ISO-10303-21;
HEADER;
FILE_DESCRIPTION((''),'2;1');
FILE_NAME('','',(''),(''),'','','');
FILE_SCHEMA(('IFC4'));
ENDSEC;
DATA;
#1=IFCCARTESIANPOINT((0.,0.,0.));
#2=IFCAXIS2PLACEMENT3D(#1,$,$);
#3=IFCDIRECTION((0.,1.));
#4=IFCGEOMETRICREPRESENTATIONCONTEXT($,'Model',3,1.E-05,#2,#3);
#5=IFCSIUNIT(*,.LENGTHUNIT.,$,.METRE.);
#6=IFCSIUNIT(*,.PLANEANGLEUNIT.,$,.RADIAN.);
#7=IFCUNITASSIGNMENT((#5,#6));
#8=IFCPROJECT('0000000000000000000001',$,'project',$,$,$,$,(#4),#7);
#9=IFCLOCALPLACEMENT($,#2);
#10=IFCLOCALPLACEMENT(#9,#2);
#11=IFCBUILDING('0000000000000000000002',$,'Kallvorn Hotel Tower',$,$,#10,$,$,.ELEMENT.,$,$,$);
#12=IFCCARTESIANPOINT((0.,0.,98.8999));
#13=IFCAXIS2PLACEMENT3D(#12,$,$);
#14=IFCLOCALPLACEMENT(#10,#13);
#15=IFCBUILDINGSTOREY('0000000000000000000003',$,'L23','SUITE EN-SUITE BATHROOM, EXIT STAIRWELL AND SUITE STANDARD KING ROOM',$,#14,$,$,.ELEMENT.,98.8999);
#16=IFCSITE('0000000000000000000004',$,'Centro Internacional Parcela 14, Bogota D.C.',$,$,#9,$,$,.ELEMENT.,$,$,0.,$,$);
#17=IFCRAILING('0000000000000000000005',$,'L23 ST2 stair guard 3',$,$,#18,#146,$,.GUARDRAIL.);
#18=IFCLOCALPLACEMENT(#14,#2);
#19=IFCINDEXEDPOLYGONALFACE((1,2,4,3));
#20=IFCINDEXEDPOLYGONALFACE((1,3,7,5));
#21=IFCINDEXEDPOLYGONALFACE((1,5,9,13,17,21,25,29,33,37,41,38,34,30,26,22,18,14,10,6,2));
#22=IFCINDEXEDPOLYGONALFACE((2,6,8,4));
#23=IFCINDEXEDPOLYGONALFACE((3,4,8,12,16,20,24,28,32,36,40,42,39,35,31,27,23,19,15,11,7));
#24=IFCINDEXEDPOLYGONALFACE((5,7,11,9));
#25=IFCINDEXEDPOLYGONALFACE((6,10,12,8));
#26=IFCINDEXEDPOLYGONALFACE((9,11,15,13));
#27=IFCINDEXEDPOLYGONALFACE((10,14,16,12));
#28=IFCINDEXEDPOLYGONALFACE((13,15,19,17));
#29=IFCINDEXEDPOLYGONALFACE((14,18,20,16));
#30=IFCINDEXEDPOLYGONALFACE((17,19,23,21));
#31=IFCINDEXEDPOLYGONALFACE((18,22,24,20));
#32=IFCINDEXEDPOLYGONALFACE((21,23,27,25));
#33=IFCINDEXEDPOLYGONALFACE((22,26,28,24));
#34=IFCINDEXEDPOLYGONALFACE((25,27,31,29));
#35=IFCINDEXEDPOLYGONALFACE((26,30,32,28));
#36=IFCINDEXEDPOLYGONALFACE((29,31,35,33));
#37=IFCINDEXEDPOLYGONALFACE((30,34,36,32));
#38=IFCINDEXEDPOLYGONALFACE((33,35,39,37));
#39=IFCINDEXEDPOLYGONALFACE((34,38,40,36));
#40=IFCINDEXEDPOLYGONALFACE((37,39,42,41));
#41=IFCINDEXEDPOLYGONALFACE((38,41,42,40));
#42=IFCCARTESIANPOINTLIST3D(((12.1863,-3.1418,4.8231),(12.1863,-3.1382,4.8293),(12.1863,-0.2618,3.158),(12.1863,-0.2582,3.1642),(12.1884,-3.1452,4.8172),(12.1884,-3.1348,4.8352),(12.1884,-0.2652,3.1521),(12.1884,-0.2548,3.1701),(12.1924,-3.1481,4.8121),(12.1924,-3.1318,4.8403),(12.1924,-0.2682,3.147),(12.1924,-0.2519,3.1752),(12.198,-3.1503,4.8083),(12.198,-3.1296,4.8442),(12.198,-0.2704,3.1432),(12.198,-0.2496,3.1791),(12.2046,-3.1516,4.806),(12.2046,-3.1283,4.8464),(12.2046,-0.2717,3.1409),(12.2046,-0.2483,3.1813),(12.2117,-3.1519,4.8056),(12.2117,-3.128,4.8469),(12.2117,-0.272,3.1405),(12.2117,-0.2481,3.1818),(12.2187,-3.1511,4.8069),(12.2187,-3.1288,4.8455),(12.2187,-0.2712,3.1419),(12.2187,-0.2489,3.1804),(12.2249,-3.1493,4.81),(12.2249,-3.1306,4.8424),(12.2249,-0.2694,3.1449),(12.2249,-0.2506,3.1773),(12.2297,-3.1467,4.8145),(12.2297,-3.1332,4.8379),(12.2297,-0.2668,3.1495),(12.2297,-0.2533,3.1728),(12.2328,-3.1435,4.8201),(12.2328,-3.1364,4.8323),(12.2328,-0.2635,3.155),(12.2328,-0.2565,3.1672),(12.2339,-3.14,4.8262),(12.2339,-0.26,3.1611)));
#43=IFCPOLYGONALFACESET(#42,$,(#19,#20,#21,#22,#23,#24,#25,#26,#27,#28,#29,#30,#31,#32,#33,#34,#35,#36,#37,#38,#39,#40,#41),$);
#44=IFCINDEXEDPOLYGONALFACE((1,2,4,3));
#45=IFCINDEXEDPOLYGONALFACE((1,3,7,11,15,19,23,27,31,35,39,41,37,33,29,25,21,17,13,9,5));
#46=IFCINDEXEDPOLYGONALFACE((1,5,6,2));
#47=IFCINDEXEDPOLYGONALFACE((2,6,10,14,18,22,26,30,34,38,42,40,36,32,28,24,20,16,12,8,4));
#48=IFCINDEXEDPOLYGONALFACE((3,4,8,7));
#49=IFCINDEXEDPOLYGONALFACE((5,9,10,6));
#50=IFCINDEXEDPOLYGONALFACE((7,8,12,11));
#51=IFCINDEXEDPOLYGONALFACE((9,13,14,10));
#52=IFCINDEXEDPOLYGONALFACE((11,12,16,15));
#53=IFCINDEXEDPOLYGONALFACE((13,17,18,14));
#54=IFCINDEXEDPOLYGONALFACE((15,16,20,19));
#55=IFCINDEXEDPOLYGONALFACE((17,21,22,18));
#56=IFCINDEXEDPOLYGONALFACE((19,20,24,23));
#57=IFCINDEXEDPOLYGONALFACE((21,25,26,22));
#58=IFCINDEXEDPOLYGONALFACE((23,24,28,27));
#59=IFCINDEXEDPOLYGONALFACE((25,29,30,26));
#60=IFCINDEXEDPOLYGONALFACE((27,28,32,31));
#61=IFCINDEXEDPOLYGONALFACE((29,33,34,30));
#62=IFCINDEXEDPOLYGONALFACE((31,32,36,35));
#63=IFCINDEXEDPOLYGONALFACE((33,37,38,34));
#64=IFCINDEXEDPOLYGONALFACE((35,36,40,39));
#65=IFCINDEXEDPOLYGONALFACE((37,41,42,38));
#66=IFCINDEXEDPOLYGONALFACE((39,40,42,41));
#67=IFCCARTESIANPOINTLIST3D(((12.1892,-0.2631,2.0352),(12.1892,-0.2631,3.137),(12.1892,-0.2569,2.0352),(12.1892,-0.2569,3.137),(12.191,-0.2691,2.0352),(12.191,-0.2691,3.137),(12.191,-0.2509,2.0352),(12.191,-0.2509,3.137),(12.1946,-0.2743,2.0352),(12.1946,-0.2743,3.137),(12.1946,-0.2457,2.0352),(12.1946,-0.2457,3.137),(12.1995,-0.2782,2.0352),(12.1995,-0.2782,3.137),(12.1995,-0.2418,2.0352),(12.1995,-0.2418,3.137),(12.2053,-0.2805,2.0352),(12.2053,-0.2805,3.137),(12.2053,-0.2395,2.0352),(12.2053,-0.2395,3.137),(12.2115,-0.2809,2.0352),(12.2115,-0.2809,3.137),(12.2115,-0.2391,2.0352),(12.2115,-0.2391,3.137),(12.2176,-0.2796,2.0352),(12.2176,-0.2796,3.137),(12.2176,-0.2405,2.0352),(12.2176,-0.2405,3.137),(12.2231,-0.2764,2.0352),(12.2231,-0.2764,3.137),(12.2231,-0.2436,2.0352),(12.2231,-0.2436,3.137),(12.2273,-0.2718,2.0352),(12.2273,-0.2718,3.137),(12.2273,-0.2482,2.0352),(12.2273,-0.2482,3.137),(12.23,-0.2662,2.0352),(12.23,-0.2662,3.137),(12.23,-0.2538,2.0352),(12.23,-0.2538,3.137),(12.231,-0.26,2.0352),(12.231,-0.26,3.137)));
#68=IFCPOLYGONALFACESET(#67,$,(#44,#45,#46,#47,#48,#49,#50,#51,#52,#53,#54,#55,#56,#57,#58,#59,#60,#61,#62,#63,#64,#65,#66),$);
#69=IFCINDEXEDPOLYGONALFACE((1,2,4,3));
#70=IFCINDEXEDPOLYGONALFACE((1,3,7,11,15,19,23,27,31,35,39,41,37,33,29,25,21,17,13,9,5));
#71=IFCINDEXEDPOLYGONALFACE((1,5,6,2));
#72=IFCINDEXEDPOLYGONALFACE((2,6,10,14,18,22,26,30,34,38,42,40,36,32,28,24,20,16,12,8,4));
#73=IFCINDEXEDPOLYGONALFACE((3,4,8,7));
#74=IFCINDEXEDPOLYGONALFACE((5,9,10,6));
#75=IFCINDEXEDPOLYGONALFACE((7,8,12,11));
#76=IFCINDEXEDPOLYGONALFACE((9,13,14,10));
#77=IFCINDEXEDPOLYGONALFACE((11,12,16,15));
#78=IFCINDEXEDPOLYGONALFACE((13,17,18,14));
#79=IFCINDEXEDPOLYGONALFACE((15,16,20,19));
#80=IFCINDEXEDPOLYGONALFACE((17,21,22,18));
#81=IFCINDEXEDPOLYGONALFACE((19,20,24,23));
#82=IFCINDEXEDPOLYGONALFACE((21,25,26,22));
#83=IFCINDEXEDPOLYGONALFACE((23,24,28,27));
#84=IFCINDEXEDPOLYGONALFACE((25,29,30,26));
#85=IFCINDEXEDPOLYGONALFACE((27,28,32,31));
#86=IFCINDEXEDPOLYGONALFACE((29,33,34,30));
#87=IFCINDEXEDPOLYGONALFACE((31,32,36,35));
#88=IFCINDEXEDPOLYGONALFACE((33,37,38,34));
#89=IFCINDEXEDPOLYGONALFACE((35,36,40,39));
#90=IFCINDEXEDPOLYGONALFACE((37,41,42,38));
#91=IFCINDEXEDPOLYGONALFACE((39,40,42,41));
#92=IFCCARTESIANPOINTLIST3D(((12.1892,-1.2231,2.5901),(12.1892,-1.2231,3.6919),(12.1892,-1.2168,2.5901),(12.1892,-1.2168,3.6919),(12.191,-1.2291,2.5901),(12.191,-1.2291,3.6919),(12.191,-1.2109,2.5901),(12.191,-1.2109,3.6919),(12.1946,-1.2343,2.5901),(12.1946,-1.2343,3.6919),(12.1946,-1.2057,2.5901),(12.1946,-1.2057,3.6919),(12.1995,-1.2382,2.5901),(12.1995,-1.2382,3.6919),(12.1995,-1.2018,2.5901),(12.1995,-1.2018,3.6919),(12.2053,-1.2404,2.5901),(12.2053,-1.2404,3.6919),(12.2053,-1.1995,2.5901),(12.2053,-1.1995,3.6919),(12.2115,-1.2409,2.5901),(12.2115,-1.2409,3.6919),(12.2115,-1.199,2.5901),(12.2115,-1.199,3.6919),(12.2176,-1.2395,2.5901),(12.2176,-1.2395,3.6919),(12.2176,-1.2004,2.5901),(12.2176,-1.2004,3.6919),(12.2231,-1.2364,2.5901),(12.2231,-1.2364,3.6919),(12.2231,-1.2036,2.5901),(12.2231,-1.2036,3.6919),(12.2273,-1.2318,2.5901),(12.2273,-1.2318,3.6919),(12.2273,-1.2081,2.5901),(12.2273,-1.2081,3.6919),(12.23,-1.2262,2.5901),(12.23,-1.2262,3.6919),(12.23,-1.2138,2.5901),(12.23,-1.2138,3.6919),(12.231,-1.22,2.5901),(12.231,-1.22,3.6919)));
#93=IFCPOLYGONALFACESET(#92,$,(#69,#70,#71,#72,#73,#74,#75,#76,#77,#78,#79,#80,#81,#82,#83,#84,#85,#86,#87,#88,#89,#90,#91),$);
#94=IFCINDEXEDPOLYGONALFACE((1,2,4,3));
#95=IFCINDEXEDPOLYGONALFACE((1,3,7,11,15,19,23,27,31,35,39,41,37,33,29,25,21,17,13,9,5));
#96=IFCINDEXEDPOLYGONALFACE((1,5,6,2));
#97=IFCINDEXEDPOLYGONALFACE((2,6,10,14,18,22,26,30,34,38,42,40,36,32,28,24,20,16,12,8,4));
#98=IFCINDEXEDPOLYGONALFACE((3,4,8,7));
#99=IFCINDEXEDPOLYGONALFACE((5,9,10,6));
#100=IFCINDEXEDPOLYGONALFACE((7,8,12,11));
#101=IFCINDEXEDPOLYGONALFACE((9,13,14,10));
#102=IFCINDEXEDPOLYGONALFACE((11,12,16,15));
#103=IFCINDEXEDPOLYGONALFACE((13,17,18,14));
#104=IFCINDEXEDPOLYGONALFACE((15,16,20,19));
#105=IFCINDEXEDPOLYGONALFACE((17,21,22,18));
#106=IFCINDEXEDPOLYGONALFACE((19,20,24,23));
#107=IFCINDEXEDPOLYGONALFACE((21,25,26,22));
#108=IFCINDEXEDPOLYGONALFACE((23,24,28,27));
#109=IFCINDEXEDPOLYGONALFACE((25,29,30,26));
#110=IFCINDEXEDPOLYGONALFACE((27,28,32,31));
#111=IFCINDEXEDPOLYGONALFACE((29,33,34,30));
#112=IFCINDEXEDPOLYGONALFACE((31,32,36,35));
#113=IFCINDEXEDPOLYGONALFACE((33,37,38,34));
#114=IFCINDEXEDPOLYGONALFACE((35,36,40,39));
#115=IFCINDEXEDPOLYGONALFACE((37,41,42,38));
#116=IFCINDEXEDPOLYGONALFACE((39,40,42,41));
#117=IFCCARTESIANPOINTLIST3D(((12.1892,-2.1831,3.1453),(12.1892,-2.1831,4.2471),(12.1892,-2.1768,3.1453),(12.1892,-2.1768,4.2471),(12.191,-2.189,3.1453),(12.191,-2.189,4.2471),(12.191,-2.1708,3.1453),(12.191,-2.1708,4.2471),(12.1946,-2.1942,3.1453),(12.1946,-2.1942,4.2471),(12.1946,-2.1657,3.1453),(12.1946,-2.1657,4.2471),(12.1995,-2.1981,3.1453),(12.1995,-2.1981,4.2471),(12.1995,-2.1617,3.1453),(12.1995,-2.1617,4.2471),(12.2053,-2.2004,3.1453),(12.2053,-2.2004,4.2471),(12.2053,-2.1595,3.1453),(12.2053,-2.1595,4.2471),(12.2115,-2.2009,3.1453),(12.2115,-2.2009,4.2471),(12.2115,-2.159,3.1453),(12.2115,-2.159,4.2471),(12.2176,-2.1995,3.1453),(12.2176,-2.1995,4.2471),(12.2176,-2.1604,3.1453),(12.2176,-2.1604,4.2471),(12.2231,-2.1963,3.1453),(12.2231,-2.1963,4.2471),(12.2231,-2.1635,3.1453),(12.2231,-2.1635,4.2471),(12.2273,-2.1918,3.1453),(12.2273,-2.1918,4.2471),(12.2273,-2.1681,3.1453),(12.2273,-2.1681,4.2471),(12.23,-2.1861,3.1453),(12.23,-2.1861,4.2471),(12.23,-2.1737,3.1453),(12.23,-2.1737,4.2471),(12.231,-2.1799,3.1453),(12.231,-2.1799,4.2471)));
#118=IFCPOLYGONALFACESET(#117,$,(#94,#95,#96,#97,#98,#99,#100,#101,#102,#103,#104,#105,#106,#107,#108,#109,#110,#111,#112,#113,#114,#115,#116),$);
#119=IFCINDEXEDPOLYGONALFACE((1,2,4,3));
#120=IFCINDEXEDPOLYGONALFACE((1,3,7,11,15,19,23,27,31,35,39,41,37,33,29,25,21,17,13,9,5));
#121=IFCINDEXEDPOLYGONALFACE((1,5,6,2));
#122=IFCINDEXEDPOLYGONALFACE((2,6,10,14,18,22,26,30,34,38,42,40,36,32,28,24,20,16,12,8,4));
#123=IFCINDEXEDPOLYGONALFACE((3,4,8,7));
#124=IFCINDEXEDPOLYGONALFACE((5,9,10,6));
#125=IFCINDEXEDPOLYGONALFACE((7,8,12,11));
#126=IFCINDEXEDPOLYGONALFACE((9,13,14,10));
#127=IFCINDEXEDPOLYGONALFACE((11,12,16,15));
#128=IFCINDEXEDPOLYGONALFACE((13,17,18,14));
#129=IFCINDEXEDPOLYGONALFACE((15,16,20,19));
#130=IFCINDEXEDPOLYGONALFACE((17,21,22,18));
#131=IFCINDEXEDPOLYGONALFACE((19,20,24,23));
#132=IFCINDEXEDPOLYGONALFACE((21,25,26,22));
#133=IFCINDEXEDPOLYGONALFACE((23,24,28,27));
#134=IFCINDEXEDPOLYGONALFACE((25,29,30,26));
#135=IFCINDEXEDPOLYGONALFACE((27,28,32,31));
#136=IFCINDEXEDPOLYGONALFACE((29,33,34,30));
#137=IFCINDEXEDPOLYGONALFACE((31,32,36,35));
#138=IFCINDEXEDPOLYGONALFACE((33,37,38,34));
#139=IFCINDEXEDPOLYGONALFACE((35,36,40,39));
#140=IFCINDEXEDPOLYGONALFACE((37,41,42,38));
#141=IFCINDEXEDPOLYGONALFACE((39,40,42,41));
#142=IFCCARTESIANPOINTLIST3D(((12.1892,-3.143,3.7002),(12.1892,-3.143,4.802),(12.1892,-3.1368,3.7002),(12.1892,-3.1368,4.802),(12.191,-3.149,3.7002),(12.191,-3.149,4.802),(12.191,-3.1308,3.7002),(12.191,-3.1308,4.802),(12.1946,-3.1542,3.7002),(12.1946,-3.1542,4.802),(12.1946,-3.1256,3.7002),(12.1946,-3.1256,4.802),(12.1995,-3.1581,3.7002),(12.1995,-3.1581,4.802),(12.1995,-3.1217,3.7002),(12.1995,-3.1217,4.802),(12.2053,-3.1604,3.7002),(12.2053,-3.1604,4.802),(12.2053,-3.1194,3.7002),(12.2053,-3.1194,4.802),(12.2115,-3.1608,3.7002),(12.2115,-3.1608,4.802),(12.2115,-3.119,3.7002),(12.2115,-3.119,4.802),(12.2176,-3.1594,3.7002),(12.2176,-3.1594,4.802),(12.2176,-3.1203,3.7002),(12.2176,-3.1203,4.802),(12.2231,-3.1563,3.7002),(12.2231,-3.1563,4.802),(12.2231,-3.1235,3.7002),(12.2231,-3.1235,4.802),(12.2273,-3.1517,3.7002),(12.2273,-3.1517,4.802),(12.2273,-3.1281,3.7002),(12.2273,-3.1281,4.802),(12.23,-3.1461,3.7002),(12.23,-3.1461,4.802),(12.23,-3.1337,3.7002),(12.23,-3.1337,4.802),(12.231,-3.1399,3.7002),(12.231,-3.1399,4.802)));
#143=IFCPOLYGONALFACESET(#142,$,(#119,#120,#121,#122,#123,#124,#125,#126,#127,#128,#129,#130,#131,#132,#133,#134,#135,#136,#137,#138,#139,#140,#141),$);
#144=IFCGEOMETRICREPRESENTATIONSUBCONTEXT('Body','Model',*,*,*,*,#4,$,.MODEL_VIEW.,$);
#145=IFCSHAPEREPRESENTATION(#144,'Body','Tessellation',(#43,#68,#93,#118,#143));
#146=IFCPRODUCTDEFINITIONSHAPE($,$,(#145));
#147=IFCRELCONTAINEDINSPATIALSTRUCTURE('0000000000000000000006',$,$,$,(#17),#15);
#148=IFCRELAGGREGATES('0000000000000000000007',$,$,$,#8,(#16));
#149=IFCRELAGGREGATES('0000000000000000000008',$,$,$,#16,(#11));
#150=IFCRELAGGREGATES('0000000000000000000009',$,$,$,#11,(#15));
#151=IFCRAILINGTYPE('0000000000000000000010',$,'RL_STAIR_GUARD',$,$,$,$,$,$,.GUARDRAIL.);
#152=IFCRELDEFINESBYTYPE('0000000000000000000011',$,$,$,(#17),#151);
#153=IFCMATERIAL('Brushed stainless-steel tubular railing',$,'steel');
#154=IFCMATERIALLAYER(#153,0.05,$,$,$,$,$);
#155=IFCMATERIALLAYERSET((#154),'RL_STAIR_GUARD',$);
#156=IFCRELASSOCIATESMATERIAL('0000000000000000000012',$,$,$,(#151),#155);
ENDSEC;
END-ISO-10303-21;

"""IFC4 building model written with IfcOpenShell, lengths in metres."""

from ifc_helpers import new_model, si_unit, direction, frame, origin, origin_2d, place, context, subcontext, project, spatial, circle, extrude, material, layer, layer_set, type_object, element, save


model = new_model("IFC4")

# Units and contexts
model_context = context("Model", 3, precision=1e-05, world=origin(), true_north=direction((0.0, 1.0)))
body_context = subcontext(model_context, "Body", "Model", "MODEL_VIEW")
ifc_project = project(units=[si_unit("LENGTHUNIT", "METRE"), si_unit("PLANEANGLEUNIT", "RADIAN")], contexts=[model_context])

# Site, building, storey
site_placement = place(None, origin())
site = spatial("IfcSite", under=ifc_project, at=site_placement, Name="Centro Internacional Parcela 14, Bogota D.C.", CompositionType="ELEMENT", RefElevation=0.0)
building_placement = place(site_placement, origin())
building = spatial("IfcBuilding", under=site, at=building_placement, Name="Kallvorn Hotel Tower", CompositionType="ELEMENT")
storey_placement = place(building_placement, frame((0.0, 0.0, 98.8999)))
storey = spatial("IfcBuildingStorey", under=building, at=storey_placement, Name="L23", Description="SUITE EN-SUITE BATHROOM, EXIT STAIRWELL AND SUITE STANDARD KING ROOM", CompositionType="ELEMENT", Elevation=98.8999)

# Railing
ifc_material_1 = material(Name="Brushed stainless-steel tubular railing", Category="steel")
ifc_layer_1 = layer(ifc_material_1, 0.05)
ifc_layer_set_1 = layer_set([ifc_layer_1], Name="RL_STAIR_GUARD")
railing_type_1 = type_object("IfcRailingType", Name="RL_STAIR_GUARD", PredefinedType="GUARDRAIL", material=ifc_layer_set_1)
railing_1_placement = place(storey_placement, frame((12.21, -0.26, 2.0352)))
element("IfcRailing", 1, at=railing_1_placement, inside=storey, type_object=railing_type_1, Name="L23 ST2 stair guard 3", PredefinedType="GUARDRAIL", context=body_context, shape_type="SweptSolid", body=[
    extrude(circle(Radius=0.0239, at=origin_2d()), frame((0.0, 0.0, 1.126), z_axis=(0.0, -0.865721, 0.500527), x_axis=(1.0, 0.0, 0.0)), (0.0, 0.0, 1.0), 3.3267),
    extrude(circle(Radius=0.021, at=origin_2d()), origin(), (0.0, 0.0, 1.0), 1.1018),
    extrude(circle(Radius=0.021, at=origin_2d()), frame((0.0, -0.96, 0.5549)), (0.0, 0.0, 1.0), 1.1018),
    extrude(circle(Radius=0.021, at=origin_2d()), frame((0.0, -1.9199, 1.1101)), (0.0, 0.0, 1.0), 1.1018),
    extrude(circle(Radius=0.021, at=origin_2d()), frame((0.0, -2.8799, 1.665)), (0.0, 0.0, 1.0), 1.1018),
])

save(model, "model.ifc")
